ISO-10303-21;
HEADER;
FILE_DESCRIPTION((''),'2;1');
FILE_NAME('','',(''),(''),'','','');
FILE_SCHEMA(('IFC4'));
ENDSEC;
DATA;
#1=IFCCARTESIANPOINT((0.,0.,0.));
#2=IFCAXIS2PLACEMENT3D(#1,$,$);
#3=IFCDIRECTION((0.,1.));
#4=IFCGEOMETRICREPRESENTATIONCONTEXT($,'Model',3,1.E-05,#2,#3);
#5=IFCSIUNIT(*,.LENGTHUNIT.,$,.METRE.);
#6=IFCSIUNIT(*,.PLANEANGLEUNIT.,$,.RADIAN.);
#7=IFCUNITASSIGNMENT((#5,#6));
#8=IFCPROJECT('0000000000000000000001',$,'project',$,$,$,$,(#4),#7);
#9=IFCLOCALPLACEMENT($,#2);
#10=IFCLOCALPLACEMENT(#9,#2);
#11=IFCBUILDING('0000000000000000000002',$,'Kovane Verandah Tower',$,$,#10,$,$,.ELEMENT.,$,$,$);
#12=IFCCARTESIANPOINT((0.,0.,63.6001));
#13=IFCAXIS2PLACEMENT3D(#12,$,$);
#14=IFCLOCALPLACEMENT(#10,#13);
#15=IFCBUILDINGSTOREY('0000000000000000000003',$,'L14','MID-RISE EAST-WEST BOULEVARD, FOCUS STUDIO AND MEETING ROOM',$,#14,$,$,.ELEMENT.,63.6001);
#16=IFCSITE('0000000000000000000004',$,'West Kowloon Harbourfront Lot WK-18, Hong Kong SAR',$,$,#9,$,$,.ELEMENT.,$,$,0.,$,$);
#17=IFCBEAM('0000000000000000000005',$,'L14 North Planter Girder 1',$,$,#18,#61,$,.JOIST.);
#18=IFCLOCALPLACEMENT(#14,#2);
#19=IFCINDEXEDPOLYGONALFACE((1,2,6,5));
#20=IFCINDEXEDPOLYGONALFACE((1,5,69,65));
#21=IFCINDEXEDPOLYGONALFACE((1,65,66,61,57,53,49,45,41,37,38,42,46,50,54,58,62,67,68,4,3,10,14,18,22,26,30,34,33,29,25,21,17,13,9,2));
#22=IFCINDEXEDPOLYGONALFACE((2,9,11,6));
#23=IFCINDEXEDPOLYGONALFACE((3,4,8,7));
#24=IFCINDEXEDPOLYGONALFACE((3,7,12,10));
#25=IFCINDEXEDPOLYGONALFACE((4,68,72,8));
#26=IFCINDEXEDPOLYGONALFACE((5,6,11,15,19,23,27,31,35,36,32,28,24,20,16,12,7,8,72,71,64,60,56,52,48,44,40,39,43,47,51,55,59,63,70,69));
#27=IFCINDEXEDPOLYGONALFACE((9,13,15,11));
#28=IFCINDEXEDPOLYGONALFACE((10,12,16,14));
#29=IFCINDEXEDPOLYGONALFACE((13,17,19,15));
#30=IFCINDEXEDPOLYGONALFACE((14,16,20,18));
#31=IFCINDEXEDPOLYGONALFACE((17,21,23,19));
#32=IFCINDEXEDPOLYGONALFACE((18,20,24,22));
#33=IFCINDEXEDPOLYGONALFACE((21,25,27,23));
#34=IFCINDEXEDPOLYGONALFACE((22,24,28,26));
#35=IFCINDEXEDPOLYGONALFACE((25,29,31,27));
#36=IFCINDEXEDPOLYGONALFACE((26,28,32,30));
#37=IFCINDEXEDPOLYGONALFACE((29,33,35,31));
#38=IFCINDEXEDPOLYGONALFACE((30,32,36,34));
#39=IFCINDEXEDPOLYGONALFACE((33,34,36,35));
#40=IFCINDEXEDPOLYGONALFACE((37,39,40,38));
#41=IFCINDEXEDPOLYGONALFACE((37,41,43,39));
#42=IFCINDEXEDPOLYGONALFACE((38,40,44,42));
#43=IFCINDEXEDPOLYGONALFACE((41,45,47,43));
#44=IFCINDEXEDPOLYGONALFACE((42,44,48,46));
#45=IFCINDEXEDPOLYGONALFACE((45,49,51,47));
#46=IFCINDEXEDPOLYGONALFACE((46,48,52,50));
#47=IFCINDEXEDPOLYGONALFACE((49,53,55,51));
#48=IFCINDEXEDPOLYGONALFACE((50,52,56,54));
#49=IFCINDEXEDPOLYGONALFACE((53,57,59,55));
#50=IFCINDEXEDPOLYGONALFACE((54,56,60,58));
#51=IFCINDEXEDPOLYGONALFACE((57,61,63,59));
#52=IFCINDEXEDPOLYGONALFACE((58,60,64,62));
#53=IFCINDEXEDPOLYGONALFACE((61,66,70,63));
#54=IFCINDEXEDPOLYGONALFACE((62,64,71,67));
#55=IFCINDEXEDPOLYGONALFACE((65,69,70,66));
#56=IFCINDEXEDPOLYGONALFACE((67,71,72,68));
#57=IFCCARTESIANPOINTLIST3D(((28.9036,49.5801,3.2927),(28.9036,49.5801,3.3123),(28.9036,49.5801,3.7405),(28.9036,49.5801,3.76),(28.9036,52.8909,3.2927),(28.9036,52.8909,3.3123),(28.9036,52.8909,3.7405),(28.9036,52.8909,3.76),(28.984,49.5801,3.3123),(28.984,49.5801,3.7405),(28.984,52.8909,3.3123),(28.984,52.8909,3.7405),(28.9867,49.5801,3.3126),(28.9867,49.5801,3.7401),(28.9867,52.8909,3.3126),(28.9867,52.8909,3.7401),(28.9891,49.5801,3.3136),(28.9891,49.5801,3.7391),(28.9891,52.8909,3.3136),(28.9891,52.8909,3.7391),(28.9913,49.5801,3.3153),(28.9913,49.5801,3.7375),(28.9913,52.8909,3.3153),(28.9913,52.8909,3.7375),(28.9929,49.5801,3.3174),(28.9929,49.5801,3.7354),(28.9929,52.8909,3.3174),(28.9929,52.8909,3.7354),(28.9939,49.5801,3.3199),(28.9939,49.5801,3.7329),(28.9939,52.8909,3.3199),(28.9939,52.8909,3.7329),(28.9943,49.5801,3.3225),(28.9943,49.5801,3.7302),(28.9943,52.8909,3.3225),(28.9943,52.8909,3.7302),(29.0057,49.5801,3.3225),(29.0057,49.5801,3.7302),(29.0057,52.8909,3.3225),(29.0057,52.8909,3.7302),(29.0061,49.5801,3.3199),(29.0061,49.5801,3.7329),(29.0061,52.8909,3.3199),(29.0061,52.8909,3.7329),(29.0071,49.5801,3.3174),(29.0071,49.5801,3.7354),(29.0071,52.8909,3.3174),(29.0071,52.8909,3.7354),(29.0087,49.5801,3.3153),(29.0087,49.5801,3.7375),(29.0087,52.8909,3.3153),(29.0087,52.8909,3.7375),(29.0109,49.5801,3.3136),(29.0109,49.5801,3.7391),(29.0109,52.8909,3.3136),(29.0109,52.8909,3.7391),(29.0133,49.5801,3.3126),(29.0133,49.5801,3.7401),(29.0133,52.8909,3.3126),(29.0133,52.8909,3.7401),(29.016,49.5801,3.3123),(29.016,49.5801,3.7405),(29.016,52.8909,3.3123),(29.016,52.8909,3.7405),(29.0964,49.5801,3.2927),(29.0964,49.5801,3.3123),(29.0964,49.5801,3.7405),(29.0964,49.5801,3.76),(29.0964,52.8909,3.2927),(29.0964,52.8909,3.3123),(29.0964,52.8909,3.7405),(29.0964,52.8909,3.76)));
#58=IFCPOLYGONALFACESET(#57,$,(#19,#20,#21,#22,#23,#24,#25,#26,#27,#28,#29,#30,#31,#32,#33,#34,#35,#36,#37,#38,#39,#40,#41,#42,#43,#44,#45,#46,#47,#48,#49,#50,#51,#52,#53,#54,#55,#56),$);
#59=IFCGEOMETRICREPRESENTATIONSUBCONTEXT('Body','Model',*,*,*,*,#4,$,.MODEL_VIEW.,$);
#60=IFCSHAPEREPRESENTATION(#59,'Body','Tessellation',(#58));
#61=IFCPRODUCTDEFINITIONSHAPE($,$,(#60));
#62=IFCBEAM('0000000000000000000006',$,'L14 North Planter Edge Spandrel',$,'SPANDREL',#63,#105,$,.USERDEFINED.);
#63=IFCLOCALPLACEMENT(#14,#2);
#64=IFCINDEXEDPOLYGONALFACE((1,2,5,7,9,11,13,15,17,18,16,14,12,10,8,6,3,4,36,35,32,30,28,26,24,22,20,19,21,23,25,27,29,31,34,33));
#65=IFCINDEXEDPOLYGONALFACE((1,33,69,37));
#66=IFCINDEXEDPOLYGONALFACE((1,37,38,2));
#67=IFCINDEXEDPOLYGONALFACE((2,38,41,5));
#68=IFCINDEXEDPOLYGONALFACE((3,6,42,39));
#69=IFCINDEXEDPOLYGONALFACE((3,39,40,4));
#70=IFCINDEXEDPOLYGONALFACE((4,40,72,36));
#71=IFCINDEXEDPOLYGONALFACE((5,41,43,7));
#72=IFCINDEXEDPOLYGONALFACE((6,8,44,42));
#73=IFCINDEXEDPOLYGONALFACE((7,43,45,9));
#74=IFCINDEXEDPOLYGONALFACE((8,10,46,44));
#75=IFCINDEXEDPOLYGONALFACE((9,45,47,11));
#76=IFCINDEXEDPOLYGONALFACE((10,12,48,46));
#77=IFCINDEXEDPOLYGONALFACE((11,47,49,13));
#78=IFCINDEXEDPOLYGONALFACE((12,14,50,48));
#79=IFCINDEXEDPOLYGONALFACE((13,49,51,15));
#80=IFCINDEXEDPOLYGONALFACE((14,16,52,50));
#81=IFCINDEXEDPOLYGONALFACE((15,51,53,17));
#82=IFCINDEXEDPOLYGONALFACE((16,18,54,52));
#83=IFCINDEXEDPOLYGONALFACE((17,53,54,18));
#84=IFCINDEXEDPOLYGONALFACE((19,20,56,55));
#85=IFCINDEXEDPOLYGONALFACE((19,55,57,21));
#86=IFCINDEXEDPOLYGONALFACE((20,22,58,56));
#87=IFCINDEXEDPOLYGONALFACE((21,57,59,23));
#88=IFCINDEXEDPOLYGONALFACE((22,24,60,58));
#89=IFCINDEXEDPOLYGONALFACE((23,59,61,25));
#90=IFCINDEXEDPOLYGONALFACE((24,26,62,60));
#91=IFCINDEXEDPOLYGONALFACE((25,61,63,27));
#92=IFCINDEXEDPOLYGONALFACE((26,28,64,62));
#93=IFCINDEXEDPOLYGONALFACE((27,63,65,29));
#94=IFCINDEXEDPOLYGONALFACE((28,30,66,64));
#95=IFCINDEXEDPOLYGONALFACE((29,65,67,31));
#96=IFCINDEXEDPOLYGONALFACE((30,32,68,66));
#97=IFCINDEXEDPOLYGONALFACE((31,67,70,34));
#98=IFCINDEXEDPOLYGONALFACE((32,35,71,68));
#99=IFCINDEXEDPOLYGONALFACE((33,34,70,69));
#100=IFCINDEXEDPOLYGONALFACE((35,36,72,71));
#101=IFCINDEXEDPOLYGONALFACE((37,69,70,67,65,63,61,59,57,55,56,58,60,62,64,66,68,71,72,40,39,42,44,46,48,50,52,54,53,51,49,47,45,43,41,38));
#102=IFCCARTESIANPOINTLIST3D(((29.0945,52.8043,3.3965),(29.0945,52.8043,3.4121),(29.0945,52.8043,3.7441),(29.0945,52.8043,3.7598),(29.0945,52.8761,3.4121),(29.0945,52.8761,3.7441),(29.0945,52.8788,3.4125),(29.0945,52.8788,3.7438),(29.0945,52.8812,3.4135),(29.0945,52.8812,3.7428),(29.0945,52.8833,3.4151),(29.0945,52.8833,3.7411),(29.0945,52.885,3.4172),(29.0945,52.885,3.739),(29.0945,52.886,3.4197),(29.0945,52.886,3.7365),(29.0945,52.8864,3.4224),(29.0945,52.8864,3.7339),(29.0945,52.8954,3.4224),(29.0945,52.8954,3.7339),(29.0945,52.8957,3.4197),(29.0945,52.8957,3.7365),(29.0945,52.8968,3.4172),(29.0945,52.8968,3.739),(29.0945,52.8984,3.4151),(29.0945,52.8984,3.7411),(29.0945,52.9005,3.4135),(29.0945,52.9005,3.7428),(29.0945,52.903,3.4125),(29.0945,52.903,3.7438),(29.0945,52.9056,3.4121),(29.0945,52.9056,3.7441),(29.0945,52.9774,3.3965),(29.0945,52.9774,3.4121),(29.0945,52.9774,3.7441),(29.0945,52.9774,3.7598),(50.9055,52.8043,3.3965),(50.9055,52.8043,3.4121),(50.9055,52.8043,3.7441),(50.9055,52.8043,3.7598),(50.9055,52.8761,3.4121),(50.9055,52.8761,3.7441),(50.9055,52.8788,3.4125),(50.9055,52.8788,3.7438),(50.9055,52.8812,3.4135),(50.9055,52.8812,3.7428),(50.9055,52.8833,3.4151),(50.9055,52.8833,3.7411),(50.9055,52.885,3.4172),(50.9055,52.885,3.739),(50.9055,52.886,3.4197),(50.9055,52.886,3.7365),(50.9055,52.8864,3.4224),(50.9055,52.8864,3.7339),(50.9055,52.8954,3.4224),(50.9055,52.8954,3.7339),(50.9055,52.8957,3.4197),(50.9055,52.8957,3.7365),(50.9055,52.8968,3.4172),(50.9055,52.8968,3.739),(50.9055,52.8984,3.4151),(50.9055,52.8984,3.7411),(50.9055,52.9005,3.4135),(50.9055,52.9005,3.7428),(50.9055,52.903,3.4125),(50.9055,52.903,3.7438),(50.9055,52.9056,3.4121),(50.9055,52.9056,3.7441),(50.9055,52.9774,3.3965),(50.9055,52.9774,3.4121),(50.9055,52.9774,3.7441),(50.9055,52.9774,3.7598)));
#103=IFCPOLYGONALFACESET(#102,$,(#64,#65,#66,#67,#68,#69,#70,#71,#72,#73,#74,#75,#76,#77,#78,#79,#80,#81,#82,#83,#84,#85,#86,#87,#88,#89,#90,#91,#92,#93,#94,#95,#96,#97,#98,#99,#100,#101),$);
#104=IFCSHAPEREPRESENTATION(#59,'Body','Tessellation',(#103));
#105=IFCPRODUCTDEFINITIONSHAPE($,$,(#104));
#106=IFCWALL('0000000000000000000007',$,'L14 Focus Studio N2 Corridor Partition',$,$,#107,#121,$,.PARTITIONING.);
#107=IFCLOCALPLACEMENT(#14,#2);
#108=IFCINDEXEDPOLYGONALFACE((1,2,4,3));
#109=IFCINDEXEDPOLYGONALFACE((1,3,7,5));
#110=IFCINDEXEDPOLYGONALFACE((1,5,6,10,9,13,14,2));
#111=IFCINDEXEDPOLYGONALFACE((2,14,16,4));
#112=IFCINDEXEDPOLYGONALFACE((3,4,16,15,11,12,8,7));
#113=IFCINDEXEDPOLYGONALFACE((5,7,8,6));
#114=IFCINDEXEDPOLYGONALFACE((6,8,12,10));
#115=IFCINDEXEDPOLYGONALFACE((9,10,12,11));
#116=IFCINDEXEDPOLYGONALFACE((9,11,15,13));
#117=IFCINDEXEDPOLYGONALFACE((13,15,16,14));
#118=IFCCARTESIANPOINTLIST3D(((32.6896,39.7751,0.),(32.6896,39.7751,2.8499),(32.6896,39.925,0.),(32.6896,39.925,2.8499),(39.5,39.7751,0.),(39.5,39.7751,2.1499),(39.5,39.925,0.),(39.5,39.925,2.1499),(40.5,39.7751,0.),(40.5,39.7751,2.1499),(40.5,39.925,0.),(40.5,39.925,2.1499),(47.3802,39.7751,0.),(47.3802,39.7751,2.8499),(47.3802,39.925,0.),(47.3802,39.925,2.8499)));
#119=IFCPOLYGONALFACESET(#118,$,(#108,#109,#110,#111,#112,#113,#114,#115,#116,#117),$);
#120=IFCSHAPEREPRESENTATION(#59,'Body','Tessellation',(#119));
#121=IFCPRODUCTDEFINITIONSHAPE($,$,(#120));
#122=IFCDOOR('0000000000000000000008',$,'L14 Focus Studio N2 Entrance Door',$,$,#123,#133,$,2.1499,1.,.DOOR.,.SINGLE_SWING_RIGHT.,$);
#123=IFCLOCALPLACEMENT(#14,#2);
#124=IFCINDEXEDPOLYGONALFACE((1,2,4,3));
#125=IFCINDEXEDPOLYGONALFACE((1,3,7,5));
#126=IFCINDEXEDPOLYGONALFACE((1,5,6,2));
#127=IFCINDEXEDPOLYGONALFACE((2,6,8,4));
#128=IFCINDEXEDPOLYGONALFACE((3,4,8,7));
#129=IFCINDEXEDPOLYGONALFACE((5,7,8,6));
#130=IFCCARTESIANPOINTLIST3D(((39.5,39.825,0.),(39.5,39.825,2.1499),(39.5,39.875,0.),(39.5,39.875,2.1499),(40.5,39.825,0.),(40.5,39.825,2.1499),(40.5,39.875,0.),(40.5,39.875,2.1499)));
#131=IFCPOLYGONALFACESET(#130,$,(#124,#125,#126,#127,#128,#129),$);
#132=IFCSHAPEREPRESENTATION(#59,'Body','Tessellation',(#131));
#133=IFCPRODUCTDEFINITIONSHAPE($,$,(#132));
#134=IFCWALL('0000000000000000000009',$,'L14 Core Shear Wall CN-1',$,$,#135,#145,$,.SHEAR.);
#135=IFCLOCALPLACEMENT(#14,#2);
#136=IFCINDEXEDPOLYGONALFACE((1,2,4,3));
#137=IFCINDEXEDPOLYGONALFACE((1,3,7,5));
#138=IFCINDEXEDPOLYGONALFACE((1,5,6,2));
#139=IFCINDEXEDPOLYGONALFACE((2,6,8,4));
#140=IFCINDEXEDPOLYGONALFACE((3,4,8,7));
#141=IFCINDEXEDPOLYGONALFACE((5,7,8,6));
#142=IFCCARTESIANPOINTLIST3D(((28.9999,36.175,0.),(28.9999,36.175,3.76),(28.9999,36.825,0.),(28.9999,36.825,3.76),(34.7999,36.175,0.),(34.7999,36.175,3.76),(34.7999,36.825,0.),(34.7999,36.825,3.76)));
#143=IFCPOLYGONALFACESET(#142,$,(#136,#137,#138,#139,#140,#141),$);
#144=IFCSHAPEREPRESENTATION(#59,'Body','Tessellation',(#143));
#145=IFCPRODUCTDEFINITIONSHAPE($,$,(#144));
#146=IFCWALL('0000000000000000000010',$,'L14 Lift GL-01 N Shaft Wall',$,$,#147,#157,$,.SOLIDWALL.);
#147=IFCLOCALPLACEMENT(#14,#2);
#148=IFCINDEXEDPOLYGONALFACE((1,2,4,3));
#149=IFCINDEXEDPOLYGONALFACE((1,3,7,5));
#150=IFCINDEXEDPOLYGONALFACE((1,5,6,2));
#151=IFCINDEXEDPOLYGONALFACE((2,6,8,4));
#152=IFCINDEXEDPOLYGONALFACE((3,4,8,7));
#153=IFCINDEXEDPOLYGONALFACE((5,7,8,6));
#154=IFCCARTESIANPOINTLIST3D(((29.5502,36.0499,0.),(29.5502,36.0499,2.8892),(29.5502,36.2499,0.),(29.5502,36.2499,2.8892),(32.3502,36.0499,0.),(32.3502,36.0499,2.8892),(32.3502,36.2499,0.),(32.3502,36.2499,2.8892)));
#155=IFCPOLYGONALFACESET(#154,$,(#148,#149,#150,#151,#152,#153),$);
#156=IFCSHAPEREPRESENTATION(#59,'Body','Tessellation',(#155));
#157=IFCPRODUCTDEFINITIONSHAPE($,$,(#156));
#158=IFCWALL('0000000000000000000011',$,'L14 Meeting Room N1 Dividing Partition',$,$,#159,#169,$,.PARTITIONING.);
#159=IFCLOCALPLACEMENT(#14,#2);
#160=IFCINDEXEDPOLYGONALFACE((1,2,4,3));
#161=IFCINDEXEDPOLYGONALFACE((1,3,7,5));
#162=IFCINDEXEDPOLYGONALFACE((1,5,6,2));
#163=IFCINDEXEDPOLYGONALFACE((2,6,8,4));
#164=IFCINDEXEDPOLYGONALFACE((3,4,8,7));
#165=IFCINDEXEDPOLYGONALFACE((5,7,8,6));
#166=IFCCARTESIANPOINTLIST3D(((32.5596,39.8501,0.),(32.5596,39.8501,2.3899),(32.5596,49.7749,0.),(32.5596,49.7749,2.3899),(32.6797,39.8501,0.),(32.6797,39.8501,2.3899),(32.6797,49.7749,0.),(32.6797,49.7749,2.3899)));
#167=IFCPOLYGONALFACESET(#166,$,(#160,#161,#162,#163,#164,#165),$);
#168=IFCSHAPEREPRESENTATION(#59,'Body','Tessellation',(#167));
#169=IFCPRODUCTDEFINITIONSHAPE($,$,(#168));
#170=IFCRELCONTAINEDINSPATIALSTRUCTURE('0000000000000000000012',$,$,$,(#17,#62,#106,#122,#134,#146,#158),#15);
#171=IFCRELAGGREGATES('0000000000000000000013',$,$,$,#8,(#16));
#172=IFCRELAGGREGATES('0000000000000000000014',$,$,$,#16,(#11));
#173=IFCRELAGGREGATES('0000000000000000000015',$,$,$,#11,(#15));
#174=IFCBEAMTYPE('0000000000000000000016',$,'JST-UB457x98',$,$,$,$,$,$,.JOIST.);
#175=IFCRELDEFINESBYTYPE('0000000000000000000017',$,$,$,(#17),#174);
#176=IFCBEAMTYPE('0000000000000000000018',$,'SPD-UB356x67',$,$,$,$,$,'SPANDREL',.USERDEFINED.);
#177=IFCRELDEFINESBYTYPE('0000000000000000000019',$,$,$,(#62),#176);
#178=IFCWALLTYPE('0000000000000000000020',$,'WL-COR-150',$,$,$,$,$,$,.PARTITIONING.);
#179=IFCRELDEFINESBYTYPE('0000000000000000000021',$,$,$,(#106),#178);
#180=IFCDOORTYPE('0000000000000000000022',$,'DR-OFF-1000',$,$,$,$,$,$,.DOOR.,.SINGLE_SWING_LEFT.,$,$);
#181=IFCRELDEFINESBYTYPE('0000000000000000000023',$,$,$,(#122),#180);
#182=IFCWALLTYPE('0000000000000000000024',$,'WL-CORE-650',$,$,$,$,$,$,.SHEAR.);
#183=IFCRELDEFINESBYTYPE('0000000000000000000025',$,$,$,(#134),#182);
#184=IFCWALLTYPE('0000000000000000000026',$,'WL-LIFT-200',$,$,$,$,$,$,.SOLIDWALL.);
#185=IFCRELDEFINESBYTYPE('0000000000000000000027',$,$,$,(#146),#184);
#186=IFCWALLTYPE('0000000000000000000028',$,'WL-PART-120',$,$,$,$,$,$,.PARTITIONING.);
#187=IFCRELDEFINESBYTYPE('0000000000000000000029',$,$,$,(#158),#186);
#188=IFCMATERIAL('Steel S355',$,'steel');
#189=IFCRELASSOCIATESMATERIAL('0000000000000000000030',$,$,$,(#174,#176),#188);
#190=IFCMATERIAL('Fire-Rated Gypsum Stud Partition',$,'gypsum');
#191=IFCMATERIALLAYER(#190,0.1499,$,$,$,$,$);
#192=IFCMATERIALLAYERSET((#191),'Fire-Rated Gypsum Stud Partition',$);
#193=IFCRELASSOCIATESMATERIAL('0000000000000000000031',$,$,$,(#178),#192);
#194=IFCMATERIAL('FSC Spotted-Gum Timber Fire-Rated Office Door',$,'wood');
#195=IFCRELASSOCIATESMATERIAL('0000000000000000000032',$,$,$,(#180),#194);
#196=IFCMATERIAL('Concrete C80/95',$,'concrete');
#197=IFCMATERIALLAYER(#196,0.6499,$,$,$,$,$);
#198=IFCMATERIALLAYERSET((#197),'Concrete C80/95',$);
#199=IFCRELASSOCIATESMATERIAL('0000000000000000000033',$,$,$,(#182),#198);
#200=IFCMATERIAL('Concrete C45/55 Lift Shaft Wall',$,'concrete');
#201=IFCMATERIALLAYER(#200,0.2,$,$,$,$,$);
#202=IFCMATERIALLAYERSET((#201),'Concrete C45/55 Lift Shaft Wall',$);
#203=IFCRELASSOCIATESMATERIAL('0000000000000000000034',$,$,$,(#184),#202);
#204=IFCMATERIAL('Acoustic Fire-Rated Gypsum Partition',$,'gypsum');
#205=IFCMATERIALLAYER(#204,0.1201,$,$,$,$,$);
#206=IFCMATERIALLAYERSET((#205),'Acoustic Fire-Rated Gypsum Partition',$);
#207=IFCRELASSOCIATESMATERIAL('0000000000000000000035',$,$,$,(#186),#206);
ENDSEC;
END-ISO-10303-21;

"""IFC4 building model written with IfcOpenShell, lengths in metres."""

from ifc_helpers import new_model, si_unit, direction, frame, frame_2d, origin, origin_2d, place, context, subcontext, project, spatial, rectangle, i_section, extrude, material, layer, layer_set, material_profile, profile_set, type_object, element, fill, save


model = new_model("IFC4")

# Units and contexts
model_context = context("Model", 3, precision=1e-05, world=origin(), true_north=direction((0.0, 1.0)))
body_context = subcontext(model_context, "Body", "Model", "MODEL_VIEW")
ifc_project = project(units=[si_unit("LENGTHUNIT", "METRE"), si_unit("PLANEANGLEUNIT", "RADIAN")], contexts=[model_context])

# Site, building, storey
site_placement = place(None, origin())
site = spatial("IfcSite", under=ifc_project, at=site_placement, Name="West Kowloon Harbourfront Lot WK-18, Hong Kong SAR", CompositionType="ELEMENT", RefElevation=0.0)
building_placement = place(site_placement, origin())
building = spatial("IfcBuilding", under=site, at=building_placement, Name="Kovane Verandah Tower", CompositionType="ELEMENT")
storey_placement = place(building_placement, frame((0.0, 0.0, 63.6001)))
storey = spatial("IfcBuildingStorey", under=building, at=storey_placement, Name="L14", Description="MID-RISE EAST-WEST BOULEVARD, FOCUS STUDIO AND MEETING ROOM", CompositionType="ELEMENT", Elevation=63.6001)

# Shared definitions
ifc_material_1 = material(Name="Concrete C80/95", Category="concrete")

# Beams
ifc_material_2 = material(Name="Steel S355", Category="steel")
ifc_material_profile_1 = material_profile(ifc_material_2, i_section(OverallWidth=0.1929, OverallDepth=0.4673, WebThickness=0.0115, FlangeThickness=0.0195, FilletRadius=0.0103, at=origin_2d()), Name="UB457x191x98")
ifc_profile_set_1 = profile_set([ifc_material_profile_1], Name="Steel S355")
beam_type_1 = type_object("IfcBeamType", Name="JST-UB457x98", PredefinedType="JOIST", material=ifc_profile_set_1)
beam_1_placement = place(storey_placement, frame((29.0, 49.5801, 3.5264), z_axis=(0.0, 1.0, 0.0), x_axis=(-1.0, 0.0, 0.0)))
element("IfcBeam", 1, at=beam_1_placement, inside=storey, type_object=beam_type_1, Name="L14 North Planter Girder 1", PredefinedType="JOIST", context=body_context, shape_type="SweptSolid", body=[
    extrude(i_section(OverallWidth=0.1929, OverallDepth=0.4673, WebThickness=0.0115, FlangeThickness=0.0195, FilletRadius=0.0103, at=origin_2d()), origin(), (0.0, 0.0, 1.0), 3.3108),
])
ifc_material_profile_2 = material_profile(ifc_material_2, i_section(OverallWidth=0.1731, OverallDepth=0.3633, WebThickness=0.009, FlangeThickness=0.0156, FilletRadius=0.0103, at=origin_2d()), Name="UB356x171x67")
ifc_profile_set_2 = profile_set([ifc_material_profile_2], Name="Steel S355")
beam_type_2 = type_object("IfcBeamType", Name="SPD-UB356x67", ElementType="SPANDREL", PredefinedType="USERDEFINED", material=ifc_profile_set_2)
beam_2_placement = place(storey_placement, frame((29.0945, 52.8909, 3.5781), z_axis=(1.0, 0.0, 0.0), x_axis=(0.0, 1.0, 0.0)))
element("IfcBeam", 2, at=beam_2_placement, inside=storey, type_object=beam_type_2, Name="L14 North Planter Edge Spandrel", ObjectType="SPANDREL", PredefinedType="USERDEFINED", context=body_context, shape_type="SweptSolid", body=[
    extrude(i_section(OverallWidth=0.1731, OverallDepth=0.3633, WebThickness=0.009, FlangeThickness=0.0156, FilletRadius=0.0103, at=origin_2d()), origin(), (0.0, 0.0, 1.0), 21.811),
])

# Wall, opening, door
ifc_material_3 = material(Name="Fire-Rated Gypsum Stud Partition", Category="gypsum")
ifc_layer_1 = layer(ifc_material_3, 0.1499)
ifc_layer_set_1 = layer_set([ifc_layer_1], Name="Fire-Rated Gypsum Stud Partition")
wall_type_1 = type_object("IfcWallType", Name="WL-COR-150", PredefinedType="PARTITIONING", material=ifc_layer_set_1)
wall_1_placement = place(storey_placement, frame((32.6897, 39.8501, 0.0), z_axis=(0.0, 0.0, 1.0), x_axis=(1.0, 0.0, 0.0)))
wall_1 = element("IfcWall", 3, at=wall_1_placement, inside=storey, type_object=wall_type_1, Name="L14 Focus Studio N2 Corridor Partition", PredefinedType="PARTITIONING", context=body_context, shape_type="SweptSolid", body=[
    extrude(rectangle(XDim=14.6907, YDim=0.1499, at=frame_2d((7.3452, 0.0))), origin(), (0.0, 0.0, 1.0), 2.8499),
])
opening_placement = place(wall_1_placement, frame((6.8103, 0.0, 0.0)))
opening = element("IfcOpeningElement", 4, at=opening_placement, cuts=wall_1, PredefinedType="OPENING", context=body_context, shape_type="SweptSolid", body=[
    extrude(rectangle(XDim=1.0, YDim=2.1499, at=frame_2d((0.5, 1.075))), frame((0.0, 0.075, 0.0), z_axis=(0.0, -1.0, 0.0), x_axis=(1.0, 0.0, 0.0)), (0.0, 0.0, 1.0), 0.1499),
])
ifc_material_4 = material(Name="FSC Spotted-Gum Timber Fire-Rated Office Door", Category="wood")
door_type = type_object("IfcDoorType", Name="DR-OFF-1000", OperationType="SINGLE_SWING_LEFT", PredefinedType="DOOR", material=ifc_material_4)
door_placement = place(opening_placement, origin())
door = element("IfcDoor", 5, at=door_placement, inside=storey, type_object=door_type, Name="L14 Focus Studio N2 Entrance Door", OperationType="SINGLE_SWING_RIGHT", OverallHeight=2.1499, OverallWidth=1.0, PredefinedType="DOOR", context=body_context, shape_type="SweptSolid", body=[
    extrude(rectangle(XDim=1.0, YDim=2.1499, at=frame_2d((0.5, 1.075))), frame((0.0, 0.0249, 0.0), z_axis=(0.0, -1.0, 0.0), x_axis=(1.0, 0.0, 0.0)), (0.0, 0.0, 1.0), 0.05),
])
fill(opening, door)

# Walls
ifc_layer_2 = layer(ifc_material_1, 0.6499)
ifc_layer_set_2 = layer_set([ifc_layer_2], Name="Concrete C80/95")
wall_type_2 = type_object("IfcWallType", Name="WL-CORE-650", PredefinedType="SHEAR", material=ifc_layer_set_2)
wall_2_placement = place(storey_placement, frame((29.0, 36.5, 0.0), z_axis=(0.0, 0.0, 1.0), x_axis=(1.0, 0.0, 0.0)))
element("IfcWall", 6, at=wall_2_placement, inside=storey, type_object=wall_type_2, Name="L14 Core Shear Wall CN-1", PredefinedType="SHEAR", context=body_context, shape_type="SweptSolid", body=[
    extrude(rectangle(XDim=5.8, YDim=0.6499, at=frame_2d((2.8999, 0.0))), origin(), (0.0, 0.0, 1.0), 3.76),
])
ifc_material_5 = material(Name="Concrete C45/55 Lift Shaft Wall", Category="concrete")
ifc_layer_3 = layer(ifc_material_5, 0.2)
ifc_layer_set_3 = layer_set([ifc_layer_3], Name="Concrete C45/55 Lift Shaft Wall")
wall_type_3 = type_object("IfcWallType", Name="WL-LIFT-200", PredefinedType="SOLIDWALL", material=ifc_layer_set_3)
wall_3_placement = place(storey_placement, frame((32.3501, 36.1499, 0.0), z_axis=(0.0, 0.0, 1.0), x_axis=(-1.0, 0.0, 0.0)))
element("IfcWall", 7, at=wall_3_placement, inside=storey, type_object=wall_type_3, Name="L14 Lift GL-01 N Shaft Wall", PredefinedType="SOLIDWALL", context=body_context, shape_type="SweptSolid", body=[
    extrude(rectangle(XDim=2.8, YDim=0.2, at=frame_2d((1.3999, 0.0))), origin(), (0.0, 0.0, 1.0), 2.8892),
])
ifc_material_6 = material(Name="Acoustic Fire-Rated Gypsum Partition", Category="gypsum")
ifc_layer_4 = layer(ifc_material_6, 0.1201)
ifc_layer_set_4 = layer_set([ifc_layer_4], Name="Acoustic Fire-Rated Gypsum Partition")
wall_type_4 = type_object("IfcWallType", Name="WL-PART-120", PredefinedType="PARTITIONING", material=ifc_layer_set_4)
wall_4_placement = place(storey_placement, frame((32.6196, 39.8501, 0.0), z_axis=(0.0, 0.0, 1.0), x_axis=(0.0, 1.0, 0.0)))
element("IfcWall", 8, at=wall_4_placement, inside=storey, type_object=wall_type_4, Name="L14 Meeting Room N1 Dividing Partition", PredefinedType="PARTITIONING", context=body_context, shape_type="SweptSolid", body=[
    extrude(rectangle(XDim=9.9248, YDim=0.1201, at=frame_2d((4.9624, 0.0))), origin(), (0.0, 0.0, 1.0), 2.3899),
])

save(model, "model.ifc")
